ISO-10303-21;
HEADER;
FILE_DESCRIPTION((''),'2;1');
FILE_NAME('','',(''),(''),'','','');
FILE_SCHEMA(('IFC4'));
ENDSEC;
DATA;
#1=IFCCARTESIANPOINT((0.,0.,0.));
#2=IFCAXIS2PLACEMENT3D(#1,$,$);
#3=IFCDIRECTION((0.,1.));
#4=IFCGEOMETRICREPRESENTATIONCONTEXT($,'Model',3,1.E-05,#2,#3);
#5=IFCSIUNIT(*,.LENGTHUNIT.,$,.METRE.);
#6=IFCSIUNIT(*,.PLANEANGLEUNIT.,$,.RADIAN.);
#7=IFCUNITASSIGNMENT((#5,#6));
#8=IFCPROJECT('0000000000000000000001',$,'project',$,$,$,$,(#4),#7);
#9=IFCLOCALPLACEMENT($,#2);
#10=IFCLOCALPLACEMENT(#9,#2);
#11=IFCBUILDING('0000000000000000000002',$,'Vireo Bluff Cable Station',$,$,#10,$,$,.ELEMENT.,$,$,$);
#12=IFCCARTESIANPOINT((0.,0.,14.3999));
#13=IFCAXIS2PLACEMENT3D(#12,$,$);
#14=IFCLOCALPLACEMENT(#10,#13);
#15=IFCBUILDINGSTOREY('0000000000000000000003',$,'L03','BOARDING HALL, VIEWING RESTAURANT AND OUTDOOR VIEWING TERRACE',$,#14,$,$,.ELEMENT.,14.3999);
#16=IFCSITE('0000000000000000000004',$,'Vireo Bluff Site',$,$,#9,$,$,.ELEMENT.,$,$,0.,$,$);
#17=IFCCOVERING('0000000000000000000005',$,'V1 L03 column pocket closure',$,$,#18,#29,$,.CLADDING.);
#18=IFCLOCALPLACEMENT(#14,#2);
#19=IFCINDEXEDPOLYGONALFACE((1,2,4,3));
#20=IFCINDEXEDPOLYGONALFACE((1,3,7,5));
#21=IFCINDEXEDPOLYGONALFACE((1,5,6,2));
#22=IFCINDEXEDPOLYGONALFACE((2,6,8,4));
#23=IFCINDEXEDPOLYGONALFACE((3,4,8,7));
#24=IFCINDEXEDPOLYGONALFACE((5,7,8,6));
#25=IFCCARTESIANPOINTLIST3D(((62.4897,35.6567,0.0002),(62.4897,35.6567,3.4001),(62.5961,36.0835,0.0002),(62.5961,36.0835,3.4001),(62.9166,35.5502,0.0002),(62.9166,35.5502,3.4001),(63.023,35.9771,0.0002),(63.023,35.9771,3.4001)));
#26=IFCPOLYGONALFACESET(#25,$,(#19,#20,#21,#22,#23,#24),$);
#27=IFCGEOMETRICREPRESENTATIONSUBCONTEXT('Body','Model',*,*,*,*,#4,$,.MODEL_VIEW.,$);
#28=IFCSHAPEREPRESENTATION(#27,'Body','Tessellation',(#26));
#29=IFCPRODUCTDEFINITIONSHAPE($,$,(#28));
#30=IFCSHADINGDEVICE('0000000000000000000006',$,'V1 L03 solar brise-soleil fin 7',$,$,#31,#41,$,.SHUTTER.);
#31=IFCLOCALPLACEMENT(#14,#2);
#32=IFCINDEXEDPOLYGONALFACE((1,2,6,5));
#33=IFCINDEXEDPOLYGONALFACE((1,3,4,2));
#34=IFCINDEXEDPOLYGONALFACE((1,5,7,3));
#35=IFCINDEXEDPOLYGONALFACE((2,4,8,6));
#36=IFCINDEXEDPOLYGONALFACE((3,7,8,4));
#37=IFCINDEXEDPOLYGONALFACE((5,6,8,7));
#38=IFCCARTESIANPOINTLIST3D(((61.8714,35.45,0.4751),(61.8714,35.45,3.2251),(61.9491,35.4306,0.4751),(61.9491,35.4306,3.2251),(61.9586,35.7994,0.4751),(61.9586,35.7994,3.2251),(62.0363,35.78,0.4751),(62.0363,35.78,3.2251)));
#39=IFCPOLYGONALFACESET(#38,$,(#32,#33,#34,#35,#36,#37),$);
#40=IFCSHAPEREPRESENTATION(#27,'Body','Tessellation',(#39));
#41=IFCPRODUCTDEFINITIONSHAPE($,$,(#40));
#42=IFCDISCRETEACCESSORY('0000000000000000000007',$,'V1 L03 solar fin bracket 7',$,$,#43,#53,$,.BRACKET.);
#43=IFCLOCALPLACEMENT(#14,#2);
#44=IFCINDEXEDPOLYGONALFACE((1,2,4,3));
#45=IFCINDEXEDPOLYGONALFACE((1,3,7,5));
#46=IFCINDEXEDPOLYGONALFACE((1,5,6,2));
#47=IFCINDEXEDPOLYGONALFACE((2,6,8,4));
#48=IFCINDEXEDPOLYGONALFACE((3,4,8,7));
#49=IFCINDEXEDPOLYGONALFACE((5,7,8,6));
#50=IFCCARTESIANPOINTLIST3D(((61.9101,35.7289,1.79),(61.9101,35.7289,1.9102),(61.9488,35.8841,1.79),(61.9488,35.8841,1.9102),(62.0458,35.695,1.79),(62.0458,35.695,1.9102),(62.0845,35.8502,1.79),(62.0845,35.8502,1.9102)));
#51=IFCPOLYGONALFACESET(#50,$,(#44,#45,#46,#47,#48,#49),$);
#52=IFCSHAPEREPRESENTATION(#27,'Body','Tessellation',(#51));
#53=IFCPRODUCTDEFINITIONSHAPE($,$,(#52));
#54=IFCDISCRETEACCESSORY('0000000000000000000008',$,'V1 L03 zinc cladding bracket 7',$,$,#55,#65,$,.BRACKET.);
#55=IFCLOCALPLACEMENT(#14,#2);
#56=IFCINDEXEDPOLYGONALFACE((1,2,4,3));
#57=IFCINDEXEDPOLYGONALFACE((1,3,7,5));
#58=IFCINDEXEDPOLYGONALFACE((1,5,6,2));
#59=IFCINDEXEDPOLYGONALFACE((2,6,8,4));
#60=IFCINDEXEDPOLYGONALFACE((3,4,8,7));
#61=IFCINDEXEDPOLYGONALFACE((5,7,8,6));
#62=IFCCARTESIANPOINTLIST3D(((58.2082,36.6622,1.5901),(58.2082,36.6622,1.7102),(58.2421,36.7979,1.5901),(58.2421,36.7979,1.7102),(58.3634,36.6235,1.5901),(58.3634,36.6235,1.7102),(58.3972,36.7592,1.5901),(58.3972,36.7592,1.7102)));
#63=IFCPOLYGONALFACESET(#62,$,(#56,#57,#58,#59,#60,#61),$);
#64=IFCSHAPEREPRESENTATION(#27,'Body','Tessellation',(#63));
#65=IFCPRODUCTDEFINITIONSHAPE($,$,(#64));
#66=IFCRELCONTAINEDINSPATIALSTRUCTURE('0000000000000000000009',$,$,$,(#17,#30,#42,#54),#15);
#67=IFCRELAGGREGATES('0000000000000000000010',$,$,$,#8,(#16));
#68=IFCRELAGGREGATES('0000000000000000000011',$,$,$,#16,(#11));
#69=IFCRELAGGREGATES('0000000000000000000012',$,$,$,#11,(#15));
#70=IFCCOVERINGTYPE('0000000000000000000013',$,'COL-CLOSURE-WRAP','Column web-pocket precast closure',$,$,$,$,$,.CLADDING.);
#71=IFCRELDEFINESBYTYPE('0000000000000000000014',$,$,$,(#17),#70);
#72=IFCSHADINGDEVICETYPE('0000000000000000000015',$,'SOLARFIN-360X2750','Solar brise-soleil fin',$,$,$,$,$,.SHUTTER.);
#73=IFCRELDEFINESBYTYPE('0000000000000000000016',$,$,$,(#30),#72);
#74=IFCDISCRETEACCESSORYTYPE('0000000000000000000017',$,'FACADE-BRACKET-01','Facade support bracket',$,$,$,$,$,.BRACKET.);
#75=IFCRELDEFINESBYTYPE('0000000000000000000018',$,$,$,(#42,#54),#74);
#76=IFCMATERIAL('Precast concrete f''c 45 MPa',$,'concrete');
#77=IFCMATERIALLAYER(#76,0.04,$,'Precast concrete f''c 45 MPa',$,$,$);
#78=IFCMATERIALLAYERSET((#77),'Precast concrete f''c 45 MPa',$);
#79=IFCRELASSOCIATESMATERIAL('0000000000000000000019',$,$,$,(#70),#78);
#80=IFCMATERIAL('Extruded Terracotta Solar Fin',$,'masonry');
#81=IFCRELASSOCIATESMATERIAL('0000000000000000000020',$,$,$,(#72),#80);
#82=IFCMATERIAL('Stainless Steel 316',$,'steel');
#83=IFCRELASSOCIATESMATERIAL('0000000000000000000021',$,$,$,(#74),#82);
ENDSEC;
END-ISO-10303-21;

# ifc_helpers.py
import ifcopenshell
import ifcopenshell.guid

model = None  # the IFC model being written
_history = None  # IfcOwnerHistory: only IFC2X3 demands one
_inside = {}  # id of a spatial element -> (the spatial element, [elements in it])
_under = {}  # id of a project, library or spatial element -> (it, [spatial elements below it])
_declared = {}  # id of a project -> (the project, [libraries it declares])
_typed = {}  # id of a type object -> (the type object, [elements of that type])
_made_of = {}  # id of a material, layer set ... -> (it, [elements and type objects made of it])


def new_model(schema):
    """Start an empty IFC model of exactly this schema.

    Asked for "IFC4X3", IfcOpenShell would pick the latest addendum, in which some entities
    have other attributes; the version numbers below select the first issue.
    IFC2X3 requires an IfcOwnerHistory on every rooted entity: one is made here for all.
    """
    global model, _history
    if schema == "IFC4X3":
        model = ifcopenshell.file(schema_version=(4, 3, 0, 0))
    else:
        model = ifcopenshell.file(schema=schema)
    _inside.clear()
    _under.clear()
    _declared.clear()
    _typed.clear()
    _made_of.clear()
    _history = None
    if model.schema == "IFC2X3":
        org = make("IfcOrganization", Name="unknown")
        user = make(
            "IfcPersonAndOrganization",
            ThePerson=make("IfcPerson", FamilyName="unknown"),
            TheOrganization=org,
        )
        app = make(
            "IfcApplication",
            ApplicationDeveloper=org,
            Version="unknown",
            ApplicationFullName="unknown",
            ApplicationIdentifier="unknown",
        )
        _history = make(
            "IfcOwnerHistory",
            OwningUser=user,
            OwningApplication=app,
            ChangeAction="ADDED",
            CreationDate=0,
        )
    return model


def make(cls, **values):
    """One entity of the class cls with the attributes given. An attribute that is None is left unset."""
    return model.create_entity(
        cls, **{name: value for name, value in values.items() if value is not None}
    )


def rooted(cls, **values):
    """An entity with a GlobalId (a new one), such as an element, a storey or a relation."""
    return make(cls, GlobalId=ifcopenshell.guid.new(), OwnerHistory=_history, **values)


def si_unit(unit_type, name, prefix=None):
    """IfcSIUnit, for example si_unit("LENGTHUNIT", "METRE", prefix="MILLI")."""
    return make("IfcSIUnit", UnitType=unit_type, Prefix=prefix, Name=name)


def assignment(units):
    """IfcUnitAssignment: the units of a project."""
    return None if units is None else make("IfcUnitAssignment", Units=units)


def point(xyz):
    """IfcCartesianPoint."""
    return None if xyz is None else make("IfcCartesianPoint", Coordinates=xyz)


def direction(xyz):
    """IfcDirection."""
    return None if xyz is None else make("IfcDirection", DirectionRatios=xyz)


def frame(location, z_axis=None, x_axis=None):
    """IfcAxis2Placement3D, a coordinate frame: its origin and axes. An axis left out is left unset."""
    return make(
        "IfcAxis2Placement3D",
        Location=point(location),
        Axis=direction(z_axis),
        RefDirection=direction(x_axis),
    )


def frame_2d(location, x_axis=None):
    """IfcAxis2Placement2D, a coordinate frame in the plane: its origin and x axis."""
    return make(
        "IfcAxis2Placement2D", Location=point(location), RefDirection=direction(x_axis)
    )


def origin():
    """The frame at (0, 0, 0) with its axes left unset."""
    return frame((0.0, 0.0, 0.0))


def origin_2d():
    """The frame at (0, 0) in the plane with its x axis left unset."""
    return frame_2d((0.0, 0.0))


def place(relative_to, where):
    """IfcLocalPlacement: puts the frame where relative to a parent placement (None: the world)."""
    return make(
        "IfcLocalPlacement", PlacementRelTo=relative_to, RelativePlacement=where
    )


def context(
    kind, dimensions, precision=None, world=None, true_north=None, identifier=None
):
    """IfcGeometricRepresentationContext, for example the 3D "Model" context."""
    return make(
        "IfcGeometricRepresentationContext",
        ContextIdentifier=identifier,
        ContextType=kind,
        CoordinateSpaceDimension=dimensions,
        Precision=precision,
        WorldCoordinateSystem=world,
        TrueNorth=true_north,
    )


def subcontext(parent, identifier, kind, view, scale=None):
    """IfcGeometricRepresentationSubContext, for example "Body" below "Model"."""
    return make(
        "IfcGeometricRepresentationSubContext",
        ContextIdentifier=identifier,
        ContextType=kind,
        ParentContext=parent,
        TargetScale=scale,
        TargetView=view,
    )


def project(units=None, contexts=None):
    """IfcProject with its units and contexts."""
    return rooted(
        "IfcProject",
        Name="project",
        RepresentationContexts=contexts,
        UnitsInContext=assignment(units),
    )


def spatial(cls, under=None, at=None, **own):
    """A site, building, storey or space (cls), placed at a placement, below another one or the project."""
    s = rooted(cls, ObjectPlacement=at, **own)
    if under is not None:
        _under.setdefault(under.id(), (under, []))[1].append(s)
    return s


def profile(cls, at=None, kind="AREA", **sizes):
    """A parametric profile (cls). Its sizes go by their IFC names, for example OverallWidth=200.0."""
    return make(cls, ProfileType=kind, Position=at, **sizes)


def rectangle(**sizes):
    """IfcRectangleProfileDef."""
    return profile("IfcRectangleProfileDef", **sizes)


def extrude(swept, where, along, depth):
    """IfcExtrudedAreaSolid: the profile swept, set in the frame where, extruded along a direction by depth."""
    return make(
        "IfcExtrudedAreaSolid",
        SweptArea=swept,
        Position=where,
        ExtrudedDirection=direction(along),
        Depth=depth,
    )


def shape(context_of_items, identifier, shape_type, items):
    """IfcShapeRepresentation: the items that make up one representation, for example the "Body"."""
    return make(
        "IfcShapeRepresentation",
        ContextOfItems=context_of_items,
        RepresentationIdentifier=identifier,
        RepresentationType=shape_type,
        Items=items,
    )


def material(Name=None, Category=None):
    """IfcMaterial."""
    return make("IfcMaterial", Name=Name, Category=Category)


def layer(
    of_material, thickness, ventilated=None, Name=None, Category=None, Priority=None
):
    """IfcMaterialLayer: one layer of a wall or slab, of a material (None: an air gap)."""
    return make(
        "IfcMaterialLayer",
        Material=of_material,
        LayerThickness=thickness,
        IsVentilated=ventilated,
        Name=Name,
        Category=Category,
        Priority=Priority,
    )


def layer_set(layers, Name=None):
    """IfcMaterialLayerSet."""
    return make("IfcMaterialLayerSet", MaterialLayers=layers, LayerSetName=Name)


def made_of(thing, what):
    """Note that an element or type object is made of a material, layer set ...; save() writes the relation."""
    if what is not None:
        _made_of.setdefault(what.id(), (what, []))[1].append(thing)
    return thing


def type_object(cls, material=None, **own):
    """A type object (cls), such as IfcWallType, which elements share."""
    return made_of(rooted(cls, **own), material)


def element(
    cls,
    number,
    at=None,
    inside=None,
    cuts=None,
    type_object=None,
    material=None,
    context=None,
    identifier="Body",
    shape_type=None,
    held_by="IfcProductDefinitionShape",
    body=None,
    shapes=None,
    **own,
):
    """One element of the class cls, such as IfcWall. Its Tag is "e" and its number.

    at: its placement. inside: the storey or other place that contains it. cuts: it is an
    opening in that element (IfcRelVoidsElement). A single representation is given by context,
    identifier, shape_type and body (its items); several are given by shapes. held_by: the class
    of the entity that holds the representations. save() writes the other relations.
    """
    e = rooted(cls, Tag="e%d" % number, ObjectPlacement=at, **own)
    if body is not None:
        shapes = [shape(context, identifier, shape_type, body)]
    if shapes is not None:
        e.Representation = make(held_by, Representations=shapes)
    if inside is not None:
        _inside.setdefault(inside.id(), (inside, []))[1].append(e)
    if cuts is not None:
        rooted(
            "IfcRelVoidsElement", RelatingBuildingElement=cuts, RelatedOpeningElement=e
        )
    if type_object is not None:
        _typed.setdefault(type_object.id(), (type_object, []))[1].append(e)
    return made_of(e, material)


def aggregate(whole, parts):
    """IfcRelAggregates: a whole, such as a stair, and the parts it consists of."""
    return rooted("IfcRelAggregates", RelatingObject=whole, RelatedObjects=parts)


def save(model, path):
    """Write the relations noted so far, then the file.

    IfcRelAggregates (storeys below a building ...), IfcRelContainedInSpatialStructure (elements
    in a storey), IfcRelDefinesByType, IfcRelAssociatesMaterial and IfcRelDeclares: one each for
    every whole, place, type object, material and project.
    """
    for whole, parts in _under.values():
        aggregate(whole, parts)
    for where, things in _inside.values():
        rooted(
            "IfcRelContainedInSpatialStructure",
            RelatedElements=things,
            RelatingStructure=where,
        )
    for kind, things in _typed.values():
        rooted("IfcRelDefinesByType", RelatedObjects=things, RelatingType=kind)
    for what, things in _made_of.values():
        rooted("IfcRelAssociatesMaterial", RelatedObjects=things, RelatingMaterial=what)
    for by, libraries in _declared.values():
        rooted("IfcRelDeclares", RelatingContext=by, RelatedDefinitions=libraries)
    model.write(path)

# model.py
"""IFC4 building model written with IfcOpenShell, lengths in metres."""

from ifc_helpers import new_model, si_unit, direction, frame, origin, origin_2d, place, context, subcontext, project, spatial, rectangle, extrude, material, layer, layer_set, type_object, element, save


model = new_model("IFC4")

# Units and contexts
model_context = context("Model", 3, precision=1e-05, world=origin(), true_north=direction((0.0, 1.0)))
body_context = subcontext(model_context, "Body", "Model", "MODEL_VIEW")
ifc_project = project(units=[si_unit("LENGTHUNIT", "METRE"), si_unit("PLANEANGLEUNIT", "RADIAN")], contexts=[model_context])

# Site, building, storey
site_placement = place(None, origin())
site = spatial("IfcSite", under=ifc_project, at=site_placement, Name="Vireo Bluff Site", CompositionType="ELEMENT", RefElevation=0.0)
building_placement = place(site_placement, origin())
building = spatial("IfcBuilding", under=site, at=building_placement, Name="Vireo Bluff Cable Station", CompositionType="ELEMENT")
storey_placement = place(building_placement, frame((0.0, 0.0, 14.3999)))
storey = spatial("IfcBuildingStorey", under=building, at=storey_placement, Name="L03", Description="BOARDING HALL, VIEWING RESTAURANT AND OUTDOOR VIEWING TERRACE", CompositionType="ELEMENT", Elevation=14.3999)

# Shared definitions
ifc_material_1 = material(Name="Precast concrete f'c 45 MPa", Category="concrete")

# Covering
ifc_layer_1 = layer(ifc_material_1, 0.04, Name="Precast concrete f'c 45 MPa")
ifc_layer_set_1 = layer_set([ifc_layer_1], Name="Precast concrete f'c 45 MPa")
covering_type_1 = type_object("IfcCoveringType", Name="COL-CLOSURE-WRAP", Description="Column web-pocket precast closure", PredefinedType="CLADDING", material=ifc_layer_set_1)
covering_1_placement = place(storey_placement, frame((62.7563, 35.8169, 0.0002), z_axis=(0.0, 0.0, 1.0), x_axis=(0.970296, -0.241922, 0.0)))
element("IfcCovering", 1, at=covering_1_placement, inside=storey, type_object=covering_type_1, Name="V1 L03 column pocket closure", PredefinedType="CLADDING", context=body_context, shape_type="SweptSolid", body=[
    extrude(rectangle(XDim=0.4399, YDim=0.4399, at=origin_2d()), origin(), (0.0, 0.0, 1.0), 3.3999),
])

# Shading device
ifc_material_2 = material(Name="Extruded Terracotta Solar Fin", Category="masonry")
shading_device_type = type_object("IfcShadingDeviceType", Name="SOLARFIN-360X2750", Description="Solar brise-soleil fin", PredefinedType="SHUTTER", material=ifc_material_2)
shading_device_placement = place(storey_placement, frame((61.9539, 35.615, 0.4751), z_axis=(0.0, 0.0, 1.0), x_axis=(-0.970296, 0.241922, 0.0)))
element("IfcShadingDevice", 2, at=shading_device_placement, inside=storey, type_object=shading_device_type, Name="V1 L03 solar brise-soleil fin 7", PredefinedType="SHUTTER", context=body_context, shape_type="SweptSolid", body=[
    extrude(rectangle(XDim=0.0801, YDim=0.3601, at=origin_2d()), origin(), (0.0, 0.0, 1.0), 2.75),
])

# Discrete accessories
ifc_material_3 = material(Name="Stainless Steel 316", Category="steel")
discrete_accessory_type = type_object("IfcDiscreteAccessoryType", Name="FACADE-BRACKET-01", Description="Facade support bracket", PredefinedType="BRACKET", material=ifc_material_3)
discrete_accessory_1_placement = place(storey_placement, frame((61.9973, 35.7896, 1.79), z_axis=(0.0, 0.0, 1.0), x_axis=(-0.970296, 0.241922, 0.0)))
element("IfcDiscreteAccessory", 3, at=discrete_accessory_1_placement, inside=storey, type_object=discrete_accessory_type, Name="V1 L03 solar fin bracket 7", PredefinedType="BRACKET", context=body_context, shape_type="SweptSolid", body=[
    extrude(rectangle(XDim=0.1399, YDim=0.1599, at=origin_2d()), origin(), (0.0, 0.0, 1.0), 0.1201),
])
discrete_accessory_2_placement = place(storey_placement, frame((58.3027, 36.7107, 1.5901), z_axis=(0.0, 0.0, 1.0), x_axis=(-0.970296, 0.241922, 0.0)))
element("IfcDiscreteAccessory", 4, at=discrete_accessory_2_placement, inside=storey, type_object=discrete_accessory_type, Name="V1 L03 zinc cladding bracket 7", PredefinedType="BRACKET", context=body_context, shape_type="SweptSolid", body=[
    extrude(rectangle(XDim=0.1599, YDim=0.1399, at=origin_2d()), origin(), (0.0, 0.0, 1.0), 0.1201),
])

save(model, "model.ifc")
